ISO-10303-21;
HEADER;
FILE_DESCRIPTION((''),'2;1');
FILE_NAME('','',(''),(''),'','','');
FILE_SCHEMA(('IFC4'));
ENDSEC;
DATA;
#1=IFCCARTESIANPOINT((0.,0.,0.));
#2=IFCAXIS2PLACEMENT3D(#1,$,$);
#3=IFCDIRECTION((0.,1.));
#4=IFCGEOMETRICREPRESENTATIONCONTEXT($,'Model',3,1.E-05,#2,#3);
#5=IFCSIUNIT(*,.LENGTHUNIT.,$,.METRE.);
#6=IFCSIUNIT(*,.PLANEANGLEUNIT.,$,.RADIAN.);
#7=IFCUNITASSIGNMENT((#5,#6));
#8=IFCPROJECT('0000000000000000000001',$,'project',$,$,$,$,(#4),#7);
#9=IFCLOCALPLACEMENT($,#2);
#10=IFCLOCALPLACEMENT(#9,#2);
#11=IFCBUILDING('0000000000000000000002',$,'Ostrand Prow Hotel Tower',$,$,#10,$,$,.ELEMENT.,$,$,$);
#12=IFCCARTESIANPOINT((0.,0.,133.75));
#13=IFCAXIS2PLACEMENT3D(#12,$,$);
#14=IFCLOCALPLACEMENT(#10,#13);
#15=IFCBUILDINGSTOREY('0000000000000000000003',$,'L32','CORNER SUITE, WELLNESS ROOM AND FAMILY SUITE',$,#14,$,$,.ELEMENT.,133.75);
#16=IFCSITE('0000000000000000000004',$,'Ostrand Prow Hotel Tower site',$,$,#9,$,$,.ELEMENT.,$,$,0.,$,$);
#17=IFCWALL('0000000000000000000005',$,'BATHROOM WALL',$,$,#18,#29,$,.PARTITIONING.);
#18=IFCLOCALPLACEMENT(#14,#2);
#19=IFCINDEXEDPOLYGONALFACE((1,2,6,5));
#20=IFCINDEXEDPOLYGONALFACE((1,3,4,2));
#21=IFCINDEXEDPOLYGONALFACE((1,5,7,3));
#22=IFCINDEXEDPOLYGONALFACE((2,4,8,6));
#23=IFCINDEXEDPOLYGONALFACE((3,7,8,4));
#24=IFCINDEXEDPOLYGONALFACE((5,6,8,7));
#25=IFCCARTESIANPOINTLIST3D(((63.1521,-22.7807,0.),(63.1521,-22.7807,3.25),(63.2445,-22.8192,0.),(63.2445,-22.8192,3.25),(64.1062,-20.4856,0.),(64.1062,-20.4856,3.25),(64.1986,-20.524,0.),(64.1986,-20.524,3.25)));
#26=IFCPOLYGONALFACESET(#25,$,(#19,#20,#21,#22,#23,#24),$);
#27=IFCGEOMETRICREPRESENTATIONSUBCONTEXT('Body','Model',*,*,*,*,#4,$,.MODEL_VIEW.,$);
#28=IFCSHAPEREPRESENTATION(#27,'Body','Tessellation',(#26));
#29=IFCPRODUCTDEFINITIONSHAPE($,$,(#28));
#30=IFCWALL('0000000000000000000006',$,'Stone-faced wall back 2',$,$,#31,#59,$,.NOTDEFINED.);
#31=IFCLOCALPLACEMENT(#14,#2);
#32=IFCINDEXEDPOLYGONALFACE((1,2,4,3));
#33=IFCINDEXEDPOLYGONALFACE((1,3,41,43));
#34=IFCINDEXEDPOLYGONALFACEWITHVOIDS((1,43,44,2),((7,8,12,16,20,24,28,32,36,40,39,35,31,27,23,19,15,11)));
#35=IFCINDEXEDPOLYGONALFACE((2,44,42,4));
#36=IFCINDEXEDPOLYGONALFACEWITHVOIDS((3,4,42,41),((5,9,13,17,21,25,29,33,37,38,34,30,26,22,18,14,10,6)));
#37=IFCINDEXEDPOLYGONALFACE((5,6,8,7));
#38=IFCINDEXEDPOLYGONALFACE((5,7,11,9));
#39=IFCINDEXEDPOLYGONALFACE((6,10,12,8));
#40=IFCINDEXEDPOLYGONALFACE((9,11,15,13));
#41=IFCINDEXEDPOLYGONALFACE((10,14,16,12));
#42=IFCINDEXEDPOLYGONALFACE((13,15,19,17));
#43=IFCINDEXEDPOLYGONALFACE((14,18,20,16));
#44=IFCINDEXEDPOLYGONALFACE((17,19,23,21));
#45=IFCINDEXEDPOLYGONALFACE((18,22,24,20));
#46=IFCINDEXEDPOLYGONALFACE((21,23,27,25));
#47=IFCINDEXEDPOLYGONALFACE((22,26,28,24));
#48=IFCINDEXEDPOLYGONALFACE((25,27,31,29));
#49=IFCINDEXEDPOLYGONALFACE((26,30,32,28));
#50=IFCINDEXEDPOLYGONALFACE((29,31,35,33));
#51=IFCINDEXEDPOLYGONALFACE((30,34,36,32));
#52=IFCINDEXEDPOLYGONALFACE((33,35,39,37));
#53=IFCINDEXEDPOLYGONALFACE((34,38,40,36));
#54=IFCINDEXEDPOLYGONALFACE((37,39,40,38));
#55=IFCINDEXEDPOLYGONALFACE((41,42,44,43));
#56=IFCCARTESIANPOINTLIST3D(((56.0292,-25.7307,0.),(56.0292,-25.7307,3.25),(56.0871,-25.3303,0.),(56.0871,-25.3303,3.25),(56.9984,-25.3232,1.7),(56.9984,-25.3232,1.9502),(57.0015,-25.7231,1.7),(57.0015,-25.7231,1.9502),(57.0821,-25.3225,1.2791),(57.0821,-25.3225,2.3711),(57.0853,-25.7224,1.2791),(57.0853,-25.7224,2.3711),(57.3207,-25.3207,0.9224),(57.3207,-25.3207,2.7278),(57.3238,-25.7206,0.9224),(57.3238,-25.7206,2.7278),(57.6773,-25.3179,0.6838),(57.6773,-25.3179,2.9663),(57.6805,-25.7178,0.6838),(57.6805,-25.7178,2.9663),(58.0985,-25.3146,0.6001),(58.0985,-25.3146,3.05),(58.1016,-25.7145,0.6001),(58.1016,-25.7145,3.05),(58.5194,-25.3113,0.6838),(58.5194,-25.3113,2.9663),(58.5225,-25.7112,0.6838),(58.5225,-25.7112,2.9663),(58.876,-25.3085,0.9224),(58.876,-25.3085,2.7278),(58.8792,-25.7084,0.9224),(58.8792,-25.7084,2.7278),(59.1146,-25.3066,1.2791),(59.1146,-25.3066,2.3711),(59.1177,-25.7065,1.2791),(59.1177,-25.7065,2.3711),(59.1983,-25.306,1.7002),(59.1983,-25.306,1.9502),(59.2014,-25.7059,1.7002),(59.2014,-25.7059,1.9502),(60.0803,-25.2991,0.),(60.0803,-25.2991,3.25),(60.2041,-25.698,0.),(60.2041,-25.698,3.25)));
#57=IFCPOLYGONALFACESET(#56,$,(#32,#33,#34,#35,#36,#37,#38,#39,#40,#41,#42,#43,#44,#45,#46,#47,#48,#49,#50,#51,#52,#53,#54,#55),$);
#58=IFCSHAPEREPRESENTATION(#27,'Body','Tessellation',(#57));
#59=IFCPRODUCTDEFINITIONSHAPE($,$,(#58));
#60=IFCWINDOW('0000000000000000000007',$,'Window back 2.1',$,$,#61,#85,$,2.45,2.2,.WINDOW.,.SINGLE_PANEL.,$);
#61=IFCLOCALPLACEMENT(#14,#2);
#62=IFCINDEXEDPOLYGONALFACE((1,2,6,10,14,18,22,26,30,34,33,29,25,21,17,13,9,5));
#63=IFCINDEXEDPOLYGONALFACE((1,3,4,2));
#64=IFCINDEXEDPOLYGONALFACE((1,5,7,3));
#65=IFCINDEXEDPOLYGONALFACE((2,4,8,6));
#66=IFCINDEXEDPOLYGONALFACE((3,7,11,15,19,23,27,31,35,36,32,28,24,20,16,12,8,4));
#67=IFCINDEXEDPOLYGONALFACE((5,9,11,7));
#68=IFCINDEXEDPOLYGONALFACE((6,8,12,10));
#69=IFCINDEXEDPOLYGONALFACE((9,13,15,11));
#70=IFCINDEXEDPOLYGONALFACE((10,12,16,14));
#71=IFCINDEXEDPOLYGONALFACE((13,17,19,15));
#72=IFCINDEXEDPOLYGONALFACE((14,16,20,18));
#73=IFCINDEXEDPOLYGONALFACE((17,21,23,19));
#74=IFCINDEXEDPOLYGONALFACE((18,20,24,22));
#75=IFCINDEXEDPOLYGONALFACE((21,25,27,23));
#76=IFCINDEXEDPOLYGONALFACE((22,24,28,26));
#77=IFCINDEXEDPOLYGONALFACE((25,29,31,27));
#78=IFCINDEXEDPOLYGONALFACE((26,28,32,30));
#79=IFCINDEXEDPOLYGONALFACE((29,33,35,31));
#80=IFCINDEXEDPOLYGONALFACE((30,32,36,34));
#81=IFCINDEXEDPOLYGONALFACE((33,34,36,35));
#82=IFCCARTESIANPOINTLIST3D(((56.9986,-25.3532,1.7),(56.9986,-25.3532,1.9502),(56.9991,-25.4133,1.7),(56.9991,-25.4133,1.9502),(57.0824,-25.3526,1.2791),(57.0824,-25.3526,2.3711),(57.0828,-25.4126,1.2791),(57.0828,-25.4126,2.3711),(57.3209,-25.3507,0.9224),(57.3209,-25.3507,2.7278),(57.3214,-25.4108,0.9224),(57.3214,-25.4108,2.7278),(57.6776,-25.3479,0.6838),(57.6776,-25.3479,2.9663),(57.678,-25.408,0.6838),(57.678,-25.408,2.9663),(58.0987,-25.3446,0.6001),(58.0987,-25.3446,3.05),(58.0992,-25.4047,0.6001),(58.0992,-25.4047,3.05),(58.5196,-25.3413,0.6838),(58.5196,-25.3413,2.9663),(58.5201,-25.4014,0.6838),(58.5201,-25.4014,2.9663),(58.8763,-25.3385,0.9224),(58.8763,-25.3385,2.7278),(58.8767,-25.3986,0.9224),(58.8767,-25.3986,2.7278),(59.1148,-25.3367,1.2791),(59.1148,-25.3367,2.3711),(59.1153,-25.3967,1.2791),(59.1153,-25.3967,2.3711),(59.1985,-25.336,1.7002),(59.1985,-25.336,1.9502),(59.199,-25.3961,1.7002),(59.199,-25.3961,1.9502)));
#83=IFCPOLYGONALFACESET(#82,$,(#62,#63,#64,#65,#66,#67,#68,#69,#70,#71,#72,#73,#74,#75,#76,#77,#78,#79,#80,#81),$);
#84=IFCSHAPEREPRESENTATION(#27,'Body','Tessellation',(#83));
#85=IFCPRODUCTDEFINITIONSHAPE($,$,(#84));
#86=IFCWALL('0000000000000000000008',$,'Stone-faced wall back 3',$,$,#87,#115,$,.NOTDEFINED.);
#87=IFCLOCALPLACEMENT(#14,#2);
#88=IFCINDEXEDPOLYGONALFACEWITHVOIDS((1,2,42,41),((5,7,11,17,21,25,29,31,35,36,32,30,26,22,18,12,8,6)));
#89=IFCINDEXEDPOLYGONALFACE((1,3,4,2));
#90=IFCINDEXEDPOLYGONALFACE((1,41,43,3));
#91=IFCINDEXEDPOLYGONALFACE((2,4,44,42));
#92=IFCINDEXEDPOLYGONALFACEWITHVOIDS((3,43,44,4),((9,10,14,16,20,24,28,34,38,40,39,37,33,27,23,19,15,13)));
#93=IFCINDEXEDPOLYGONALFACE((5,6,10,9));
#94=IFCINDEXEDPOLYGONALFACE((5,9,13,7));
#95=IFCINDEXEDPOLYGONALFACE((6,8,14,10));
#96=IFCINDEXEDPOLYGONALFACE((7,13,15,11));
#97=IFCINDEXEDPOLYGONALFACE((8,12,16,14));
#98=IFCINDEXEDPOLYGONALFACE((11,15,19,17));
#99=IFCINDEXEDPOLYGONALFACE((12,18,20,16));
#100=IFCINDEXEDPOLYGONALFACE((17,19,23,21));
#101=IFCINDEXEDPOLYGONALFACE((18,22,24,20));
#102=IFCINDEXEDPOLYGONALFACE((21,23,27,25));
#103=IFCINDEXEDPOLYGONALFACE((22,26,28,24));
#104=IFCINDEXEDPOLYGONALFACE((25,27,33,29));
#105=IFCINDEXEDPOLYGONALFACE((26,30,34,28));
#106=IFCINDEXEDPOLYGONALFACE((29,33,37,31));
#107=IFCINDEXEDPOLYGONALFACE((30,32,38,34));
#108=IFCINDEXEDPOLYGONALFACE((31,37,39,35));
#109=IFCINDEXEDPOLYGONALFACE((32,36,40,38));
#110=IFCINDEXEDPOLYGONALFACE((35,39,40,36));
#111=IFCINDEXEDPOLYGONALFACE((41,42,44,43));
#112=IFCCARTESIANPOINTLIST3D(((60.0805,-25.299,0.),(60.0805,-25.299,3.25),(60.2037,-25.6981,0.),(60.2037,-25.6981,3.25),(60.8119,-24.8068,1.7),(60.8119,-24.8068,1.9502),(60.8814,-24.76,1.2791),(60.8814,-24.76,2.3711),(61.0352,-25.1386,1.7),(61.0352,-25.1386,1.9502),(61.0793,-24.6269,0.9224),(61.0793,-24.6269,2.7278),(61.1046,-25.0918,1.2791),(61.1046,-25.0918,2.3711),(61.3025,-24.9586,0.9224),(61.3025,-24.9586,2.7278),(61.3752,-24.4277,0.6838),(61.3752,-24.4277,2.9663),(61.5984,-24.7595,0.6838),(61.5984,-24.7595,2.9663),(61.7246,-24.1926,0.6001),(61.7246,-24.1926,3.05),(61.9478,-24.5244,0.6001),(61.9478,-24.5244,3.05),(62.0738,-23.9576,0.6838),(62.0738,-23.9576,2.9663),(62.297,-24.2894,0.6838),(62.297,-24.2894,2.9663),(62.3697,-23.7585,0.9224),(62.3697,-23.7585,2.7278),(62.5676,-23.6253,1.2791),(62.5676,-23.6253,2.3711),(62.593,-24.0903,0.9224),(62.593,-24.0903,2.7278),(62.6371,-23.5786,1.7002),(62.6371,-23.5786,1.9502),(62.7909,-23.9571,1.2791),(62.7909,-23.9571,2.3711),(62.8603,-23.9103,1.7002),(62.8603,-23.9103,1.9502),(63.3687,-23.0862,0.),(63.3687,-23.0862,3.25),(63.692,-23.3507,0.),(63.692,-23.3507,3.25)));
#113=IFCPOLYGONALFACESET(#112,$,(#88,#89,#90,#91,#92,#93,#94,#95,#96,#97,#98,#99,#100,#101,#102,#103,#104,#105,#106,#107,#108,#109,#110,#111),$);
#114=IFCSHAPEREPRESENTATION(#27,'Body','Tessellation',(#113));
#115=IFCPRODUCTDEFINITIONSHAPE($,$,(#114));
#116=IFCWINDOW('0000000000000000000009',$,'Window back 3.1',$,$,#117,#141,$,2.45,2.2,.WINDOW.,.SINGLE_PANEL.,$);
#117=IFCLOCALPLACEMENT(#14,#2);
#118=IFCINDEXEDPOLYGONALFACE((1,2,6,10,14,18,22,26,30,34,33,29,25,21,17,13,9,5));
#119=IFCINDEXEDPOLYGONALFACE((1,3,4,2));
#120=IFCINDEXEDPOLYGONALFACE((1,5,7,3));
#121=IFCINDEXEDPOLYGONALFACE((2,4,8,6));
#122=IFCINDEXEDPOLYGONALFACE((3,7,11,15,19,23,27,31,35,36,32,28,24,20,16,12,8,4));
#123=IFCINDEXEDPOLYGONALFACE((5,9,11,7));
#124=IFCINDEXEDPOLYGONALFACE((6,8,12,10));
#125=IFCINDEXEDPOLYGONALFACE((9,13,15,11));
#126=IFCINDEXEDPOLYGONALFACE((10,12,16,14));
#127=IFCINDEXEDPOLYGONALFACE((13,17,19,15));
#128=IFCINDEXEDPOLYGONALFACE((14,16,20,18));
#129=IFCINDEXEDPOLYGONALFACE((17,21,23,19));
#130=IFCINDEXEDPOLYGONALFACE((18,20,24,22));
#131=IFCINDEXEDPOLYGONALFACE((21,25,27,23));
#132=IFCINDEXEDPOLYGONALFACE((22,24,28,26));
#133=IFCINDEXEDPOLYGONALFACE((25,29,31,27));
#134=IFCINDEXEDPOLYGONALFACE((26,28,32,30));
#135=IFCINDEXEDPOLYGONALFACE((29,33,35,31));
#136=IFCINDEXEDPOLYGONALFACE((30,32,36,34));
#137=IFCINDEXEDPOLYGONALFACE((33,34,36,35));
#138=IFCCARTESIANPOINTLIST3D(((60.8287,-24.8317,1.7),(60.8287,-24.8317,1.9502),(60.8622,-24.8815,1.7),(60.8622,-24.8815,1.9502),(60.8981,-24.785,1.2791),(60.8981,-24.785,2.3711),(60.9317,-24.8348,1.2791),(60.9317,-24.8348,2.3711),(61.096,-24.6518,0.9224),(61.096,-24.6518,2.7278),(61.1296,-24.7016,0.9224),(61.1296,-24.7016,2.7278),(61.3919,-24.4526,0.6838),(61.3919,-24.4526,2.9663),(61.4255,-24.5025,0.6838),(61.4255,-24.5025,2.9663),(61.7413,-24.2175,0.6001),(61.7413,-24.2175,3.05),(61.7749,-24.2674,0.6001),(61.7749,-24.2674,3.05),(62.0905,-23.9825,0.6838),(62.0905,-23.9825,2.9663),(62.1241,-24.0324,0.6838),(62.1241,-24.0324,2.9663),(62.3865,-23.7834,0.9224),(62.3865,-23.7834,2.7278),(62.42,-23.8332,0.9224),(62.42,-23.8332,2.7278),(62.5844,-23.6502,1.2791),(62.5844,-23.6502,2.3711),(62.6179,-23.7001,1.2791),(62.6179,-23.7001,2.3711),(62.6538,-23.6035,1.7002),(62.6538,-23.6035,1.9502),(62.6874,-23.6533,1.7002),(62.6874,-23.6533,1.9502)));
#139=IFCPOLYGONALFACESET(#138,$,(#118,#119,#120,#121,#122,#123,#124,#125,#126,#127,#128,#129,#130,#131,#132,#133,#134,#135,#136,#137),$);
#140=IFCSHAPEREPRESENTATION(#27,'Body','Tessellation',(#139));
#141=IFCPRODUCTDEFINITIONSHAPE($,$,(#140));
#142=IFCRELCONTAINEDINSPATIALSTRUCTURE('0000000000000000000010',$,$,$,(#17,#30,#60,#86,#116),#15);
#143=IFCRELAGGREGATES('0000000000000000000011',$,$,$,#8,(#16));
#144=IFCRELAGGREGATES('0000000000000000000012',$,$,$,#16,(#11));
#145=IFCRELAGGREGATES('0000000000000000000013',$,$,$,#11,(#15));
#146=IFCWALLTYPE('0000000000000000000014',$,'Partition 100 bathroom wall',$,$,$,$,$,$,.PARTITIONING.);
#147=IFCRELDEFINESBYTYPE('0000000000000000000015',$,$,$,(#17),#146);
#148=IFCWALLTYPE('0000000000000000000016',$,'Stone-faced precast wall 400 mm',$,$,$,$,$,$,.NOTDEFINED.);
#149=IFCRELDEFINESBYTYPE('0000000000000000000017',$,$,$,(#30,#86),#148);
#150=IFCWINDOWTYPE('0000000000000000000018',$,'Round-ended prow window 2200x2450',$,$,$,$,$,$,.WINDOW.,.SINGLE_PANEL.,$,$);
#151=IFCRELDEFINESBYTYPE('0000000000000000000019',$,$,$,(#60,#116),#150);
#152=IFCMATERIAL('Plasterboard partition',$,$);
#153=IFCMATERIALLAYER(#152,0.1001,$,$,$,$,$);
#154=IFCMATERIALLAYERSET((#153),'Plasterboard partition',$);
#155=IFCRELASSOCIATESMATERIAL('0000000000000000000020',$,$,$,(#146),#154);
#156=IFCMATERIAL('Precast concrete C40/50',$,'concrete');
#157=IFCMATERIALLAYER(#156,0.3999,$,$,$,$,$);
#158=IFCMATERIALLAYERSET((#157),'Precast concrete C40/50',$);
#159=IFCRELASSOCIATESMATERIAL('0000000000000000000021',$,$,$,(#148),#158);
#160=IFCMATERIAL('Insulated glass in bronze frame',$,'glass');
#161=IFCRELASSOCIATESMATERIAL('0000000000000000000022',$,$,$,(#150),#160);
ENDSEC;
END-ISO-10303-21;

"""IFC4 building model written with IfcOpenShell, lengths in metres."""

from ifc_helpers import new_model, si_unit, direction, frame, frame_2d, origin, place, context, subcontext, project, spatial, polyline, rectangle, outline, extrude, material, layer, layer_set, type_object, element, fill, save


model = new_model("IFC4")

# Units and contexts
model_context = context("Model", 3, precision=1e-05, world=origin(), true_north=direction((0.0, 1.0)))
body_context = subcontext(model_context, "Body", "Model", "MODEL_VIEW")
ifc_project = project(units=[si_unit("LENGTHUNIT", "METRE"), si_unit("PLANEANGLEUNIT", "RADIAN")], contexts=[model_context])

# Site, building, storey
site_placement = place(None, origin())
site = spatial("IfcSite", under=ifc_project, at=site_placement, Name="Ostrand Prow Hotel Tower site", CompositionType="ELEMENT", RefElevation=0.0)
building_placement = place(site_placement, origin())
building = spatial("IfcBuilding", under=site, at=building_placement, Name="Ostrand Prow Hotel Tower", CompositionType="ELEMENT")
storey_placement = place(building_placement, frame((0.0, 0.0, 133.75)))
storey = spatial("IfcBuildingStorey", under=building, at=storey_placement, Name="L32", Description="CORNER SUITE, WELLNESS ROOM AND FAMILY SUITE", CompositionType="ELEMENT", Elevation=133.75)

# Shared definitions
ifc_material_1 = material(Name="Plasterboard partition")
ifc_layer_1 = layer(ifc_material_1, 0.1001)
ifc_layer_set_1 = layer_set([ifc_layer_1], Name="Plasterboard partition")
wall_type_1 = type_object("IfcWallType", Name="Partition 100 bathroom wall", PredefinedType="PARTITIONING", material=ifc_layer_set_1)

# Wall
wall_1_placement = place(storey_placement, frame((64.1523, -20.5049, 0.0), z_axis=(0.0, 0.0, 1.0), x_axis=(-0.383855, -0.923393, 0.0)))
element("IfcWall", 1, at=wall_1_placement, inside=storey, type_object=wall_type_1, Name="BATHROOM WALL", PredefinedType="PARTITIONING", context=body_context, shape_type="SweptSolid", body=[
    extrude(rectangle(XDim=2.4856, YDim=0.1001, at=frame_2d((1.2427, 0.0))), origin(), (0.0, 0.0, 1.0), 3.25),
])

# Walls, openings, windows
ifc_material_2 = material(Name="Precast concrete C40/50", Category="concrete")
ifc_layer_2 = layer(ifc_material_2, 0.3999)
ifc_layer_set_2 = layer_set([ifc_layer_2], Name="Precast concrete C40/50")
wall_type_2 = type_object("IfcWallType", Name="Stone-faced precast wall 400 mm", PredefinedType="NOTDEFINED", material=ifc_layer_set_2)
wall_2_placement = place(storey_placement, frame((56.0581, -25.5305, 0.0), z_axis=(0.0, 0.0, 1.0), x_axis=(0.999969, 0.007831, 0.0)))
wall_2 = element("IfcWall", 2, at=wall_2_placement, inside=storey, type_object=wall_type_2, Name="Stone-faced wall back 2", PredefinedType="NOTDEFINED", context=body_context, shape_type="SweptSolid", body=[
    extrude(outline(polyline([(-0.0305, -0.2), (4.1445, -0.2), (4.0239, 0.2), (0.0305, 0.2), (-0.0305, -0.2)])), origin(), (0.0, 0.0, 1.0), 3.25),
])
opening_1_placement = place(wall_2_placement, frame((0.9419, 0.0, 0.6001)))
opening_1 = element("IfcOpeningElement", 3, at=opening_1_placement, cuts=wall_2, PredefinedType="OPENING", context=body_context, shape_type="SweptSolid", body=[
    extrude(outline(polyline([(0.0, 1.3501), (0.0837, 1.771), (0.3223, 2.1277), (0.679, 2.3662), (1.1001, 2.45), (1.521, 2.3662), (1.8777, 2.1277), (2.1162, 1.771), (2.2, 1.3501), (2.2, 1.1001), (2.1162, 0.679), (1.8777, 0.3223), (1.521, 0.0837), (1.1001, 0.0), (0.679, 0.0837), (0.3223, 0.3223), (0.0837, 0.679), (0.0, 1.0999), (0.0, 1.3501)])), frame((0.0, 0.21, 0.0), z_axis=(0.0, -1.0, 0.0), x_axis=(1.0, 0.0, 0.0)), (0.0, 0.0, 1.0), 0.4199),
])
ifc_material_3 = material(Name="Insulated glass in bronze frame", Category="glass")
window_type = type_object("IfcWindowType", Name="Round-ended prow window 2200x2450", PartitioningType="SINGLE_PANEL", PredefinedType="WINDOW", material=ifc_material_3)
window_1_placement = place(opening_1_placement, origin())
window_1 = element("IfcWindow", 4, at=window_1_placement, inside=storey, type_object=window_type, Name="Window back 2.1", OverallHeight=2.45, OverallWidth=2.2, PartitioningType="SINGLE_PANEL", PredefinedType="WINDOW", context=body_context, shape_type="SweptSolid", body=[
    extrude(outline(polyline([(0.0, 1.3501), (0.0837, 1.771), (0.3223, 2.1277), (0.679, 2.3662), (1.1001, 2.45), (1.521, 2.3662), (1.8777, 2.1277), (2.1162, 1.771), (2.2, 1.3501), (2.2, 1.1001), (2.1162, 0.679), (1.8777, 0.3223), (1.521, 0.0837), (1.1001, 0.0), (0.679, 0.0837), (0.3223, 0.3223), (0.0837, 0.679), (0.0, 1.0999), (0.0, 1.3501)])), frame((0.0, 0.1699, 0.0), z_axis=(0.0, -1.0, 0.0), x_axis=(1.0, 0.0, 0.0)), (0.0, 0.0, 1.0), 0.0601),
])
fill(opening_1, window_1)
wall_3_placement = place(storey_placement, frame((60.1421, -25.4985, 0.0), z_axis=(0.0, 0.0, 1.0), x_axis=(0.829642, 0.558296, 0.0)))
wall_3 = element("IfcWall", 5, at=wall_3_placement, inside=storey, type_object=wall_type_2, Name="Stone-faced wall back 3", PredefinedType="NOTDEFINED", context=body_context, shape_type="SweptSolid", body=[
    extrude(outline(polyline([(-0.0603, -0.2), (4.1443, -0.2), (4.0237, 0.2), (0.0603, 0.2), (-0.0603, -0.2)])), origin(), (0.0, 0.0, 1.0), 3.25),
])
opening_2_placement = place(wall_3_placement, frame((0.9419, 0.0, 0.6001)))
opening_2 = element("IfcOpeningElement", 6, at=opening_2_placement, cuts=wall_3, PredefinedType="OPENING", context=body_context, shape_type="SweptSolid", body=[
    extrude(outline(polyline([(0.0, 1.3501), (0.0837, 1.771), (0.3223, 2.1277), (0.679, 2.3662), (1.1001, 2.45), (1.521, 2.3662), (1.8777, 2.1277), (2.1162, 1.771), (2.2, 1.3501), (2.2, 1.1001), (2.1162, 0.679), (1.8777, 0.3223), (1.521, 0.0837), (1.1001, 0.0), (0.679, 0.0837), (0.3223, 0.3223), (0.0837, 0.679), (0.0, 1.0999), (0.0, 1.3501)])), frame((0.0, 0.21, 0.0), z_axis=(0.0, -1.0, 0.0), x_axis=(1.0, 0.0, 0.0)), (0.0, 0.0, 1.0), 0.4199),
])
window_2_placement = place(opening_2_placement, origin())
window_2 = element("IfcWindow", 7, at=window_2_placement, inside=storey, type_object=window_type, Name="Window back 3.1", OverallHeight=2.45, OverallWidth=2.2, PartitioningType="SINGLE_PANEL", PredefinedType="WINDOW", context=body_context, shape_type="SweptSolid", body=[
    extrude(outline(polyline([(0.0, 1.3501), (0.0837, 1.771), (0.3223, 2.1277), (0.679, 2.3662), (1.1001, 2.45), (1.521, 2.3662), (1.8777, 2.1277), (2.1162, 1.771), (2.2, 1.3501), (2.2, 1.1001), (2.1162, 0.679), (1.8777, 0.3223), (1.521, 0.0837), (1.1001, 0.0), (0.679, 0.0837), (0.3223, 0.3223), (0.0837, 0.679), (0.0, 1.0999), (0.0, 1.3501)])), frame((0.0, 0.1699, 0.0), z_axis=(0.0, -1.0, 0.0), x_axis=(1.0, 0.0, 0.0)), (0.0, 0.0, 1.0), 0.0601),
])
fill(opening_2, window_2)

save(model, "model.ifc")
